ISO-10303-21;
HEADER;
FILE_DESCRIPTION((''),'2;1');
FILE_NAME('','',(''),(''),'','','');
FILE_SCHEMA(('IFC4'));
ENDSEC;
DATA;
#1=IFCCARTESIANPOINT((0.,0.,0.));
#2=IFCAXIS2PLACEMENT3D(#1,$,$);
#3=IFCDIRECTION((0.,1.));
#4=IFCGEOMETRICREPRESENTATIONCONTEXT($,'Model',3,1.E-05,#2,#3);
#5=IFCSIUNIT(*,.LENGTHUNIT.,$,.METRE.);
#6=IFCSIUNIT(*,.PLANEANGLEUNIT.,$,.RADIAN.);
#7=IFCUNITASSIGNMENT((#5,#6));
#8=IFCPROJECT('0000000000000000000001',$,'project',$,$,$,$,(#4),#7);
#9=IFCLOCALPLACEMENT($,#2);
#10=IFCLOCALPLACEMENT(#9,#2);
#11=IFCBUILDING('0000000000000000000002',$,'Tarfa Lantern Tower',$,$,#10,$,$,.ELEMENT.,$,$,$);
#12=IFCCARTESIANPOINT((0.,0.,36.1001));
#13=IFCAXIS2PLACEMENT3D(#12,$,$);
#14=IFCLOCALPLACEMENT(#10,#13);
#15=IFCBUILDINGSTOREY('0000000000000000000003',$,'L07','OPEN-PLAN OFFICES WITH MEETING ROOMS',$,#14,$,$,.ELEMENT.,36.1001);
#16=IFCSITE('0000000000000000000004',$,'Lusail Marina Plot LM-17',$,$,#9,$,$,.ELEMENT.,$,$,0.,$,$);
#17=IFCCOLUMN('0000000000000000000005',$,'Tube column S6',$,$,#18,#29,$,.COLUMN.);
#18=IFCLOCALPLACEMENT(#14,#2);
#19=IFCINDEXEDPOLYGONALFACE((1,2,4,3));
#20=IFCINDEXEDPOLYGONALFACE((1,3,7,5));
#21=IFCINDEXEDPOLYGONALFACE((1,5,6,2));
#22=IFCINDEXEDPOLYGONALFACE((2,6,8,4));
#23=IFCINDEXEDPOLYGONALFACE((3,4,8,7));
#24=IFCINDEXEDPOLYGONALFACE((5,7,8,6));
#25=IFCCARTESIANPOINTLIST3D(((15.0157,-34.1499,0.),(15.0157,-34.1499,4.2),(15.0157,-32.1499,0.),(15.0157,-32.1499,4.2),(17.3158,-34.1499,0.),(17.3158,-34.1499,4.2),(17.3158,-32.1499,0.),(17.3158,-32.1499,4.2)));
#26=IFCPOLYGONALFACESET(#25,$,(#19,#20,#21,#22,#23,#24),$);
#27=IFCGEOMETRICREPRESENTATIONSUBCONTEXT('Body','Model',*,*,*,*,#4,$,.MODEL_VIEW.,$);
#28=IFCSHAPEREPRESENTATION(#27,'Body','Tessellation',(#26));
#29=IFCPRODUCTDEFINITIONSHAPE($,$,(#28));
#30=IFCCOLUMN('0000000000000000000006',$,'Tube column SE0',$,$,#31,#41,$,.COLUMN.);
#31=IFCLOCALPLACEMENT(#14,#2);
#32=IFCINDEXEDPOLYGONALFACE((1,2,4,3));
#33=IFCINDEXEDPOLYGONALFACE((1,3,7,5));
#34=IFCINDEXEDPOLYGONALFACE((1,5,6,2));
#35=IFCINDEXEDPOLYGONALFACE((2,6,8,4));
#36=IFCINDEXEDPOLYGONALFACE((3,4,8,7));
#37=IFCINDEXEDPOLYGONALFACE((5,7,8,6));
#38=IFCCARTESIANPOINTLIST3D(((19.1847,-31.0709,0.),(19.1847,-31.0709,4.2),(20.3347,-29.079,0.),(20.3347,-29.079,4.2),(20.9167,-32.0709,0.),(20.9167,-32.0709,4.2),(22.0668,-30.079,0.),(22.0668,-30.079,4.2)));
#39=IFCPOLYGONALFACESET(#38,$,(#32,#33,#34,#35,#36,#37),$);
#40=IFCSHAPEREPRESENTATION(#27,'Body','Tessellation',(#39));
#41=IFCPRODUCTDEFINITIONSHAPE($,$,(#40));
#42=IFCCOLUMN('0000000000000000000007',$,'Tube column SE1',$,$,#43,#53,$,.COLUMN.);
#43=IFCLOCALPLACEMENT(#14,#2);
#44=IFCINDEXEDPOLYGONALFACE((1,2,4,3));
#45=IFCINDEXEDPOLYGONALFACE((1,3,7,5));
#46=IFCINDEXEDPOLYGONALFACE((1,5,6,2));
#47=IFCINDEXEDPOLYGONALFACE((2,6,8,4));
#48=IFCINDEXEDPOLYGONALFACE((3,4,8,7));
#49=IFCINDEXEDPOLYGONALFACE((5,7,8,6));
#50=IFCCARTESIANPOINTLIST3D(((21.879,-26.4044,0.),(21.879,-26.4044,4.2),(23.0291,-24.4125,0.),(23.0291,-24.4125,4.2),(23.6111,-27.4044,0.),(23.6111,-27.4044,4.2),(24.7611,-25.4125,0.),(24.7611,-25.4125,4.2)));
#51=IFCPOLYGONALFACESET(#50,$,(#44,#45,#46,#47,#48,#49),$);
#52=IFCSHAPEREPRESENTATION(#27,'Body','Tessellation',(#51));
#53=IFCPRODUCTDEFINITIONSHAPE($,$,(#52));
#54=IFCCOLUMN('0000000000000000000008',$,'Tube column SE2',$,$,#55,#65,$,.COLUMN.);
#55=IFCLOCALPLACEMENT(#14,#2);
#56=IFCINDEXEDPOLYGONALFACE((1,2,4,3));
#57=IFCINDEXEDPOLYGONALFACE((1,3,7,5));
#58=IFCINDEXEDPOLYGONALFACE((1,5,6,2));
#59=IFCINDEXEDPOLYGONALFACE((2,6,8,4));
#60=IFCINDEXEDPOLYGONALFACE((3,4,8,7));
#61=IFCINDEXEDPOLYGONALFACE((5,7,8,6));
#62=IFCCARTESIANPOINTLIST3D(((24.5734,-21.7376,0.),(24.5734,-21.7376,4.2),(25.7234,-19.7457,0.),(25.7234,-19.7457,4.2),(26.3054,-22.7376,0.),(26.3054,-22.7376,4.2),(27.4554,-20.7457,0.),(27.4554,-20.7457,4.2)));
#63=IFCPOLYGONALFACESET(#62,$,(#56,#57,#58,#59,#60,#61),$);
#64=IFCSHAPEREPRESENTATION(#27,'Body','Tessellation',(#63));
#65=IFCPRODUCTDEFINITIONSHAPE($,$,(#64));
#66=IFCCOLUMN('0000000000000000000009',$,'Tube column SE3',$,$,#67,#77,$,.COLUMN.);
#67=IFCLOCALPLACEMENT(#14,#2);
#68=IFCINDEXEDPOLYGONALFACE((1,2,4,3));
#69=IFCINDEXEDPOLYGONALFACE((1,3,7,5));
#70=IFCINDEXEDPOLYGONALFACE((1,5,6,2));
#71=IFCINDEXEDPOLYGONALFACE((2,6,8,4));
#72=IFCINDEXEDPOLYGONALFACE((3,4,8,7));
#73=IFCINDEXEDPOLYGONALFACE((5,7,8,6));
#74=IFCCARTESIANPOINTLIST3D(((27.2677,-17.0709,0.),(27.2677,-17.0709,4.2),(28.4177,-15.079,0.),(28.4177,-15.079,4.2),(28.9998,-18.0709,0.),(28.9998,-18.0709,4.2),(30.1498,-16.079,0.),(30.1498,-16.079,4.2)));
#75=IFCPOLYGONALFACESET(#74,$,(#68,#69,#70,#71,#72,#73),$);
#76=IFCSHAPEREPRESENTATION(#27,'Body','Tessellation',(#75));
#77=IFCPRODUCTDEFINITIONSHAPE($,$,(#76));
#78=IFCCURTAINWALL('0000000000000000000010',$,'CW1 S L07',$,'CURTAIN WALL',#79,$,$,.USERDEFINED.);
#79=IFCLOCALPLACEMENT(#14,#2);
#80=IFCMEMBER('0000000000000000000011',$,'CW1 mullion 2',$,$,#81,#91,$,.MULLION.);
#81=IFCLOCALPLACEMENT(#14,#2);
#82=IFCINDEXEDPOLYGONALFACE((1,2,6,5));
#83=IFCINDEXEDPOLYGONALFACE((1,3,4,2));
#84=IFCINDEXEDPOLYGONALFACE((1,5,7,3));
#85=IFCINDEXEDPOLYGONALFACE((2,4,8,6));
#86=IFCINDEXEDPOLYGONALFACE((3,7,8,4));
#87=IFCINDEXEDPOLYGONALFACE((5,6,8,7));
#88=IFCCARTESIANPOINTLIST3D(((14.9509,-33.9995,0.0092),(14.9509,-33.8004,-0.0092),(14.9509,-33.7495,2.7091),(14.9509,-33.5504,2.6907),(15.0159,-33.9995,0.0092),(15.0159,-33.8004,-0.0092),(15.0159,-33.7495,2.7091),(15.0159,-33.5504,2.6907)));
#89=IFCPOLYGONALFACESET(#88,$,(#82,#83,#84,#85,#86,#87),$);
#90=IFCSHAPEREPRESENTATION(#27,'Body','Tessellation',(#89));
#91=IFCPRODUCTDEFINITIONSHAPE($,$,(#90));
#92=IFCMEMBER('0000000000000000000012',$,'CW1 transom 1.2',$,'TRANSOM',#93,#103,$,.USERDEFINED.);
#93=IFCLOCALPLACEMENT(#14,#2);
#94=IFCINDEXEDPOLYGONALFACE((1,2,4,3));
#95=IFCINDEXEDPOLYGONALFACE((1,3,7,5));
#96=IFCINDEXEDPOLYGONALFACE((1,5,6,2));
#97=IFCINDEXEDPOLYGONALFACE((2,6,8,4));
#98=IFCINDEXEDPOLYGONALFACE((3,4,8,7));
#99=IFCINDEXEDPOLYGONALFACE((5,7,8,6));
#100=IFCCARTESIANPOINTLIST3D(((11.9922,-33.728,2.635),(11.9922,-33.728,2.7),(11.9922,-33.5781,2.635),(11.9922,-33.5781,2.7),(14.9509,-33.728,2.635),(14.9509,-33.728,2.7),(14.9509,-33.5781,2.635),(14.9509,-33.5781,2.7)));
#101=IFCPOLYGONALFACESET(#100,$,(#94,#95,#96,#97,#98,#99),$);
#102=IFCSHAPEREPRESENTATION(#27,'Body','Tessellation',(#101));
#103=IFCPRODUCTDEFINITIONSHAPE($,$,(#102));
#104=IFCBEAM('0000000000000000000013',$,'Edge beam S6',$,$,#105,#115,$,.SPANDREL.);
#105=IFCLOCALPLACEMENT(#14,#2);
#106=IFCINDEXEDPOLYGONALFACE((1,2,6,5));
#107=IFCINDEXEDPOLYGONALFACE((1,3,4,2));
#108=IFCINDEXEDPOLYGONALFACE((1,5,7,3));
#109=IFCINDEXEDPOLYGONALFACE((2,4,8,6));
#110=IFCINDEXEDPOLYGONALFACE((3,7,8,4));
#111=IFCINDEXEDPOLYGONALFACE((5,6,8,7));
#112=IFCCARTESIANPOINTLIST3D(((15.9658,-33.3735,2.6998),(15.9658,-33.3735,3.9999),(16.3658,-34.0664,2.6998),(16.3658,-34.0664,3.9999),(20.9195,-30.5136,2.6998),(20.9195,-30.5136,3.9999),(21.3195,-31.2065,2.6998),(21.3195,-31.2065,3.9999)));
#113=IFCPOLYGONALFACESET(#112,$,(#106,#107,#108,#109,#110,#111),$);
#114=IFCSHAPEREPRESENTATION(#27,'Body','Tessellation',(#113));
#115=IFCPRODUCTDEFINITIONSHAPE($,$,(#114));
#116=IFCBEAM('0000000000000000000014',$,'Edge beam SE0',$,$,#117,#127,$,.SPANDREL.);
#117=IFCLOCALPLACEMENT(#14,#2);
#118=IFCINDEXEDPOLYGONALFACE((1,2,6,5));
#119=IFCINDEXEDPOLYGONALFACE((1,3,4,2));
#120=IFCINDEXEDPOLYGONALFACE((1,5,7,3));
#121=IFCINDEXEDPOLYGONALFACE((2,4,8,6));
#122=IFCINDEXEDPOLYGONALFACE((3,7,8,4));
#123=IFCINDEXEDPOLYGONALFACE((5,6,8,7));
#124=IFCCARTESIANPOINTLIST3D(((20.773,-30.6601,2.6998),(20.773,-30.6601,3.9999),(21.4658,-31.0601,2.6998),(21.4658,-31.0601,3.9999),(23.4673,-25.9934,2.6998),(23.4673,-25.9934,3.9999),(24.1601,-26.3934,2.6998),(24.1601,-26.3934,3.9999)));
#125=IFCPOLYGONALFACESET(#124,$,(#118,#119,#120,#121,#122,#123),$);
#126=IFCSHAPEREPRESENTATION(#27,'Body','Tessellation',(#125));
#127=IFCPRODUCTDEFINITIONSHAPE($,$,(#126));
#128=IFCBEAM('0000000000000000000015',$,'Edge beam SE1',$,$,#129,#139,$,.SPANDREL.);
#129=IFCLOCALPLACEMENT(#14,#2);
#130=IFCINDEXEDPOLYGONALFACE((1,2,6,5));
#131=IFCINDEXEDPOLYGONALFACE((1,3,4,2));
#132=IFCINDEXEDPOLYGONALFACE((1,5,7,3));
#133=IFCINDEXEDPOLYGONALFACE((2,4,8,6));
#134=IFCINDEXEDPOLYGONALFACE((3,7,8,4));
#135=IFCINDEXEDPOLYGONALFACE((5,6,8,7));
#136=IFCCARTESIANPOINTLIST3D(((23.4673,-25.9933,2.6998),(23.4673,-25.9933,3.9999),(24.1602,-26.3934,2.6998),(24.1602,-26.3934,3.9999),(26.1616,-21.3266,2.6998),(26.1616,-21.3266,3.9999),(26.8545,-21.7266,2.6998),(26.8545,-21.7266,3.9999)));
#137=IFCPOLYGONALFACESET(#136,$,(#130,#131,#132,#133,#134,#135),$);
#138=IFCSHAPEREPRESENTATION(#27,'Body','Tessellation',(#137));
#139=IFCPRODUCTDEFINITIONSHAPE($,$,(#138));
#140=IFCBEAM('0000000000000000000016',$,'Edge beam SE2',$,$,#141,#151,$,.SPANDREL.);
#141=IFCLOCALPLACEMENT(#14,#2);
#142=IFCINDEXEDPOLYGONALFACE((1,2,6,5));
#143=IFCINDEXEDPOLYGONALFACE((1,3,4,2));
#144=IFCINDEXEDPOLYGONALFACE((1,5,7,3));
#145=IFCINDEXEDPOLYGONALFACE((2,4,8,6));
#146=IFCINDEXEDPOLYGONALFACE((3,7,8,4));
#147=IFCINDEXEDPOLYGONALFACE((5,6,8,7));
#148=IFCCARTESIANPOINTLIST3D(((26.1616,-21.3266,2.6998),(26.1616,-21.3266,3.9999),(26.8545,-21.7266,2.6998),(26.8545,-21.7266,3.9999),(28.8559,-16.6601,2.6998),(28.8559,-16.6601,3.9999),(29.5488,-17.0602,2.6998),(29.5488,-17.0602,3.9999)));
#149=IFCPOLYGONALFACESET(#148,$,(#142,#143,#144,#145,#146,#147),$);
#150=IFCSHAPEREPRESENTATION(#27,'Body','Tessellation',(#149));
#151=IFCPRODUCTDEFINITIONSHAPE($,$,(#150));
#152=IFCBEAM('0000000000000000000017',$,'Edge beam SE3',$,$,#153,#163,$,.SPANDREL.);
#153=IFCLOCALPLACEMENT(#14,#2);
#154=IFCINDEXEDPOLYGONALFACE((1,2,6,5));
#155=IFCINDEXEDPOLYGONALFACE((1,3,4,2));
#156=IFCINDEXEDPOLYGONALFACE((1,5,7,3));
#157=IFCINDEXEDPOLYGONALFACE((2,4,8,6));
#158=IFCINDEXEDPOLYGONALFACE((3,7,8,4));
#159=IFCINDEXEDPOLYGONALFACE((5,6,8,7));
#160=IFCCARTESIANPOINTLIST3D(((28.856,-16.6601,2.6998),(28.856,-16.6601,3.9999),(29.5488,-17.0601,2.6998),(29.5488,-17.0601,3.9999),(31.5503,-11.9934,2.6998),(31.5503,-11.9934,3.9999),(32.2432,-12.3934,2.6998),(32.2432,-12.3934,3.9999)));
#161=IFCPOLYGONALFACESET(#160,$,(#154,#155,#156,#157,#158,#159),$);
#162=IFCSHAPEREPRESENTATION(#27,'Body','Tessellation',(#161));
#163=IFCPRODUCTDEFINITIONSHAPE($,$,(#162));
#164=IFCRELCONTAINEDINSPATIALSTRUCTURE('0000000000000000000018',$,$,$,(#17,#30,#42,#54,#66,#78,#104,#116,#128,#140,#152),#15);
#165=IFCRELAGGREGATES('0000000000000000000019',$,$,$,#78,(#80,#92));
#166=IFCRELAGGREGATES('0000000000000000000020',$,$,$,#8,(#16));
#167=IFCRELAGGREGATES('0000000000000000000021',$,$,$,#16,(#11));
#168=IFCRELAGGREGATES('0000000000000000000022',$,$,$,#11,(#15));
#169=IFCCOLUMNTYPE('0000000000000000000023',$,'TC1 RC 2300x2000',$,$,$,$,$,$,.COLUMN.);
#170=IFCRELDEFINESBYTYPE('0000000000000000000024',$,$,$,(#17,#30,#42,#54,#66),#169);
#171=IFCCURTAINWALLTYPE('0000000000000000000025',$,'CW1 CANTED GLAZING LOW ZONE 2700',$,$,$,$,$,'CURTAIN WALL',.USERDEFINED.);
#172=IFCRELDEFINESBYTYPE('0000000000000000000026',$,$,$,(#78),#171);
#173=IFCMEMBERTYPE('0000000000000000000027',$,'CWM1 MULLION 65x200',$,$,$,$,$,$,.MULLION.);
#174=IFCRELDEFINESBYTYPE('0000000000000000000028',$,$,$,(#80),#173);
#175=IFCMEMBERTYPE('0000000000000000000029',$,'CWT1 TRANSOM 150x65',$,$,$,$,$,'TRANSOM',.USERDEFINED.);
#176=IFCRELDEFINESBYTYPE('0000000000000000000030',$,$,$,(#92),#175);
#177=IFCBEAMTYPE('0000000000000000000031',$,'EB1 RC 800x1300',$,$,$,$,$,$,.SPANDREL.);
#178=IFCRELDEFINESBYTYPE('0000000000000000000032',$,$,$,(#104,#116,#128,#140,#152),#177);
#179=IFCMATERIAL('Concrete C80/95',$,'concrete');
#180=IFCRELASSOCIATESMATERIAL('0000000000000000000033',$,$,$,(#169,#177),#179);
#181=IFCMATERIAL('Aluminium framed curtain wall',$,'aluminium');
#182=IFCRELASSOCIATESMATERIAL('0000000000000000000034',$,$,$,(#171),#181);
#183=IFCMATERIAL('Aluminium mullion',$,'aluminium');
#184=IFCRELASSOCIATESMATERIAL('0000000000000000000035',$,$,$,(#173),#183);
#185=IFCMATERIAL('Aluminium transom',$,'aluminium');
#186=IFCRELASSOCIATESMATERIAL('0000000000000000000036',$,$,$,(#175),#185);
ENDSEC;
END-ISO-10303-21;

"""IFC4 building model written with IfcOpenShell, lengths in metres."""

from ifc_helpers import new_model, si_unit, direction, frame, origin, origin_2d, place, context, subcontext, project, spatial, rectangle, extrude, material, material_profile, profile_set, type_object, element, aggregate, save


model = new_model("IFC4")

# Units and contexts
model_context = context("Model", 3, precision=1e-05, world=origin(), true_north=direction((0.0, 1.0)))
body_context = subcontext(model_context, "Body", "Model", "MODEL_VIEW")
ifc_project = project(units=[si_unit("LENGTHUNIT", "METRE"), si_unit("PLANEANGLEUNIT", "RADIAN")], contexts=[model_context])

# Site, building, storey
site_placement = place(None, origin())
site = spatial("IfcSite", under=ifc_project, at=site_placement, Name="Lusail Marina Plot LM-17", CompositionType="ELEMENT", RefElevation=0.0)
building_placement = place(site_placement, origin())
building = spatial("IfcBuilding", under=site, at=building_placement, Name="Tarfa Lantern Tower", CompositionType="ELEMENT")
storey_placement = place(building_placement, frame((0.0, 0.0, 36.1001)))
storey = spatial("IfcBuildingStorey", under=building, at=storey_placement, Name="L07", Description="OPEN-PLAN OFFICES WITH MEETING ROOMS", CompositionType="ELEMENT", Elevation=36.1001)

# Columns
ifc_material_1 = material(Name="Concrete C80/95", Category="concrete")
ifc_material_profile_1 = material_profile(ifc_material_1, rectangle(XDim=2.3, YDim=2.0, at=origin_2d()), Name="RC 2300x2000")
ifc_profile_set_1 = profile_set([ifc_material_profile_1], Name="Concrete C80/95")
column_type = type_object("IfcColumnType", Name="TC1 RC 2300x2000", PredefinedType="COLUMN", material=ifc_profile_set_1)
for number, where, z_axis, x_axis, name in (
    (1, (16.1658, -33.1499, 0.0), (0.0, 0.0, 1.0), (1.0, 0.0, 0.0), "Tube column S6"),
    (2, (20.6257, -30.575, 0.0), (0.0, 0.0, 1.0), (0.5, 0.866025, 0.0), "Tube column SE0"),
    (3, (23.3201, -25.9084, 0.0), (0.0, 0.0, 1.0), (0.5, 0.866025, 0.0), "Tube column SE1"),
    (4, (26.0144, -21.2417, 0.0), (0.0, 0.0, 1.0), (0.5, 0.866025, 0.0), "Tube column SE2"),
    (5, (28.7087, -16.575, 0.0), (0.0, 0.0, 1.0), (0.5, 0.866025, 0.0), "Tube column SE3"),
):
    element("IfcColumn", number, at=place(storey_placement, frame(where, z_axis=z_axis, x_axis=x_axis)), inside=storey, type_object=column_type, Name=name, PredefinedType="COLUMN", context=body_context, shape_type="SweptSolid", body=[
        extrude(rectangle(XDim=2.3, YDim=2.0, at=origin_2d()), origin(), (0.0, 0.0, 1.0), 4.2),
    ])

# Curtain wall, members
ifc_material_2 = material(Name="Aluminium framed curtain wall", Category="aluminium")
curtain_wall_type = type_object("IfcCurtainWallType", Name="CW1 CANTED GLAZING LOW ZONE 2700", ElementType="CURTAIN WALL", PredefinedType="USERDEFINED", material=ifc_material_2)
curtain_wall_placement = place(storey_placement, origin())
curtain_wall = element("IfcCurtainWall", 6, at=curtain_wall_placement, inside=storey, type_object=curtain_wall_type, Name="CW1 S L07", ObjectType="CURTAIN WALL", PredefinedType="USERDEFINED")
ifc_material_3 = material(Name="Aluminium mullion", Category="aluminium")
ifc_material_profile_2 = material_profile(ifc_material_3, rectangle(XDim=0.0649, YDim=0.2, at=origin_2d()), Name="AL MULLION 65x200")
ifc_profile_set_2 = profile_set([ifc_material_profile_2], Name="Aluminium mullion")
member_type_1 = type_object("IfcMemberType", Name="CWM1 MULLION 65x200", PredefinedType="MULLION", material=ifc_profile_set_2)
member_1_placement = place(storey_placement, frame((14.9834, -33.8999, 0.0), z_axis=(0.0, 0.0922, 0.995741), x_axis=(-1.0, 0.0, 0.0)))
member_1 = element("IfcMember", 7, at=member_1_placement, type_object=member_type_1, Name="CW1 mullion 2", PredefinedType="MULLION", context=body_context, shape_type="SweptSolid", body=[
    extrude(rectangle(XDim=0.0649, YDim=0.2, at=origin_2d()), origin(), (0.0, 0.0, 1.0), 2.7114),
])
ifc_material_4 = material(Name="Aluminium transom", Category="aluminium")
ifc_material_profile_3 = material_profile(ifc_material_4, rectangle(XDim=0.1499, YDim=0.0649, at=origin_2d()), Name="AL TRANSOM 150x65")
ifc_profile_set_3 = profile_set([ifc_material_profile_3], Name="Aluminium transom")
member_type_2 = type_object("IfcMemberType", Name="CWT1 TRANSOM 150x65", ElementType="TRANSOM", PredefinedType="USERDEFINED", material=ifc_profile_set_3)
member_2_placement = place(storey_placement, frame((11.9922, -33.6531, 2.6675), z_axis=(1.0, 0.0, 0.0), x_axis=(0.0, 1.0, 0.0)))
member_2 = element("IfcMember", 8, at=member_2_placement, type_object=member_type_2, Name="CW1 transom 1.2", ObjectType="TRANSOM", PredefinedType="USERDEFINED", context=body_context, shape_type="SweptSolid", body=[
    extrude(rectangle(XDim=0.1499, YDim=0.0649, at=origin_2d()), origin(), (0.0, 0.0, 1.0), 2.9587),
])

# Beams
ifc_material_profile_4 = material_profile(ifc_material_1, rectangle(XDim=0.8, YDim=1.3, at=origin_2d()), Name="RC 800x1300")
ifc_profile_set_4 = profile_set([ifc_material_profile_4], Name="Concrete C80/95")
beam_type_1 = type_object("IfcBeamType", Name="EB1 RC 800x1300", PredefinedType="SPANDREL", material=ifc_profile_set_4)
beam_1_placement = place(storey_placement, frame((16.1658, -33.72, 3.3499), z_axis=(0.866033, 0.499986, 0.0), x_axis=(-0.499986, 0.866033, 0.0)))
element("IfcBeam", 9, at=beam_1_placement, inside=storey, type_object=beam_type_1, Name="Edge beam S6", PredefinedType="SPANDREL", context=body_context, shape_type="SweptSolid", body=[
    extrude(rectangle(XDim=0.8, YDim=1.3, at=origin_2d()), origin(), (0.0, 0.0, 1.0), 5.72),
])
for number, where, z_axis, x_axis, name in (
    (10, (21.1194, -30.8601, 3.3499), (0.499998, 0.866026, 0.0), (-0.866026, 0.499998, 0.0), "Edge beam SE0"),
    (11, (23.8137, -26.1934, 3.3499), (0.499998, 0.866026, 0.0), (-0.866026, 0.499998, 0.0), "Edge beam SE1"),
):
    element("IfcBeam", number, at=place(storey_placement, frame(where, z_axis=z_axis, x_axis=x_axis)), inside=storey, type_object=beam_type_1, Name=name, PredefinedType="SPANDREL", context=body_context, shape_type="SweptSolid", body=[
        extrude(rectangle(XDim=0.8, YDim=1.3, at=origin_2d()), origin(), (0.0, 0.0, 1.0), 5.3887),
    ])
beam_2_placement = place(storey_placement, frame((26.5081, -21.5266, 3.3499), z_axis=(0.500018, 0.866015, 0.0), x_axis=(-0.866015, 0.500018, 0.0)))
element("IfcBeam", 12, at=beam_2_placement, inside=storey, type_object=beam_type_1, Name="Edge beam SE2", PredefinedType="SPANDREL", context=body_context, shape_type="SweptSolid", body=[
    extrude(rectangle(XDim=0.8, YDim=1.3, at=origin_2d()), origin(), (0.0, 0.0, 1.0), 5.3884),
])
beam_3_placement = place(storey_placement, frame((29.2024, -16.8601, 3.3499), z_axis=(0.499998, 0.866026, 0.0), x_axis=(-0.866026, 0.499998, 0.0)))
element("IfcBeam", 13, at=beam_3_placement, inside=storey, type_object=beam_type_1, Name="Edge beam SE3", PredefinedType="SPANDREL", context=body_context, shape_type="SweptSolid", body=[
    extrude(rectangle(XDim=0.8, YDim=1.3, at=origin_2d()), origin(), (0.0, 0.0, 1.0), 5.3887),
])

aggregate(curtain_wall, [member_1, member_2])

save(model, "model.ifc")
